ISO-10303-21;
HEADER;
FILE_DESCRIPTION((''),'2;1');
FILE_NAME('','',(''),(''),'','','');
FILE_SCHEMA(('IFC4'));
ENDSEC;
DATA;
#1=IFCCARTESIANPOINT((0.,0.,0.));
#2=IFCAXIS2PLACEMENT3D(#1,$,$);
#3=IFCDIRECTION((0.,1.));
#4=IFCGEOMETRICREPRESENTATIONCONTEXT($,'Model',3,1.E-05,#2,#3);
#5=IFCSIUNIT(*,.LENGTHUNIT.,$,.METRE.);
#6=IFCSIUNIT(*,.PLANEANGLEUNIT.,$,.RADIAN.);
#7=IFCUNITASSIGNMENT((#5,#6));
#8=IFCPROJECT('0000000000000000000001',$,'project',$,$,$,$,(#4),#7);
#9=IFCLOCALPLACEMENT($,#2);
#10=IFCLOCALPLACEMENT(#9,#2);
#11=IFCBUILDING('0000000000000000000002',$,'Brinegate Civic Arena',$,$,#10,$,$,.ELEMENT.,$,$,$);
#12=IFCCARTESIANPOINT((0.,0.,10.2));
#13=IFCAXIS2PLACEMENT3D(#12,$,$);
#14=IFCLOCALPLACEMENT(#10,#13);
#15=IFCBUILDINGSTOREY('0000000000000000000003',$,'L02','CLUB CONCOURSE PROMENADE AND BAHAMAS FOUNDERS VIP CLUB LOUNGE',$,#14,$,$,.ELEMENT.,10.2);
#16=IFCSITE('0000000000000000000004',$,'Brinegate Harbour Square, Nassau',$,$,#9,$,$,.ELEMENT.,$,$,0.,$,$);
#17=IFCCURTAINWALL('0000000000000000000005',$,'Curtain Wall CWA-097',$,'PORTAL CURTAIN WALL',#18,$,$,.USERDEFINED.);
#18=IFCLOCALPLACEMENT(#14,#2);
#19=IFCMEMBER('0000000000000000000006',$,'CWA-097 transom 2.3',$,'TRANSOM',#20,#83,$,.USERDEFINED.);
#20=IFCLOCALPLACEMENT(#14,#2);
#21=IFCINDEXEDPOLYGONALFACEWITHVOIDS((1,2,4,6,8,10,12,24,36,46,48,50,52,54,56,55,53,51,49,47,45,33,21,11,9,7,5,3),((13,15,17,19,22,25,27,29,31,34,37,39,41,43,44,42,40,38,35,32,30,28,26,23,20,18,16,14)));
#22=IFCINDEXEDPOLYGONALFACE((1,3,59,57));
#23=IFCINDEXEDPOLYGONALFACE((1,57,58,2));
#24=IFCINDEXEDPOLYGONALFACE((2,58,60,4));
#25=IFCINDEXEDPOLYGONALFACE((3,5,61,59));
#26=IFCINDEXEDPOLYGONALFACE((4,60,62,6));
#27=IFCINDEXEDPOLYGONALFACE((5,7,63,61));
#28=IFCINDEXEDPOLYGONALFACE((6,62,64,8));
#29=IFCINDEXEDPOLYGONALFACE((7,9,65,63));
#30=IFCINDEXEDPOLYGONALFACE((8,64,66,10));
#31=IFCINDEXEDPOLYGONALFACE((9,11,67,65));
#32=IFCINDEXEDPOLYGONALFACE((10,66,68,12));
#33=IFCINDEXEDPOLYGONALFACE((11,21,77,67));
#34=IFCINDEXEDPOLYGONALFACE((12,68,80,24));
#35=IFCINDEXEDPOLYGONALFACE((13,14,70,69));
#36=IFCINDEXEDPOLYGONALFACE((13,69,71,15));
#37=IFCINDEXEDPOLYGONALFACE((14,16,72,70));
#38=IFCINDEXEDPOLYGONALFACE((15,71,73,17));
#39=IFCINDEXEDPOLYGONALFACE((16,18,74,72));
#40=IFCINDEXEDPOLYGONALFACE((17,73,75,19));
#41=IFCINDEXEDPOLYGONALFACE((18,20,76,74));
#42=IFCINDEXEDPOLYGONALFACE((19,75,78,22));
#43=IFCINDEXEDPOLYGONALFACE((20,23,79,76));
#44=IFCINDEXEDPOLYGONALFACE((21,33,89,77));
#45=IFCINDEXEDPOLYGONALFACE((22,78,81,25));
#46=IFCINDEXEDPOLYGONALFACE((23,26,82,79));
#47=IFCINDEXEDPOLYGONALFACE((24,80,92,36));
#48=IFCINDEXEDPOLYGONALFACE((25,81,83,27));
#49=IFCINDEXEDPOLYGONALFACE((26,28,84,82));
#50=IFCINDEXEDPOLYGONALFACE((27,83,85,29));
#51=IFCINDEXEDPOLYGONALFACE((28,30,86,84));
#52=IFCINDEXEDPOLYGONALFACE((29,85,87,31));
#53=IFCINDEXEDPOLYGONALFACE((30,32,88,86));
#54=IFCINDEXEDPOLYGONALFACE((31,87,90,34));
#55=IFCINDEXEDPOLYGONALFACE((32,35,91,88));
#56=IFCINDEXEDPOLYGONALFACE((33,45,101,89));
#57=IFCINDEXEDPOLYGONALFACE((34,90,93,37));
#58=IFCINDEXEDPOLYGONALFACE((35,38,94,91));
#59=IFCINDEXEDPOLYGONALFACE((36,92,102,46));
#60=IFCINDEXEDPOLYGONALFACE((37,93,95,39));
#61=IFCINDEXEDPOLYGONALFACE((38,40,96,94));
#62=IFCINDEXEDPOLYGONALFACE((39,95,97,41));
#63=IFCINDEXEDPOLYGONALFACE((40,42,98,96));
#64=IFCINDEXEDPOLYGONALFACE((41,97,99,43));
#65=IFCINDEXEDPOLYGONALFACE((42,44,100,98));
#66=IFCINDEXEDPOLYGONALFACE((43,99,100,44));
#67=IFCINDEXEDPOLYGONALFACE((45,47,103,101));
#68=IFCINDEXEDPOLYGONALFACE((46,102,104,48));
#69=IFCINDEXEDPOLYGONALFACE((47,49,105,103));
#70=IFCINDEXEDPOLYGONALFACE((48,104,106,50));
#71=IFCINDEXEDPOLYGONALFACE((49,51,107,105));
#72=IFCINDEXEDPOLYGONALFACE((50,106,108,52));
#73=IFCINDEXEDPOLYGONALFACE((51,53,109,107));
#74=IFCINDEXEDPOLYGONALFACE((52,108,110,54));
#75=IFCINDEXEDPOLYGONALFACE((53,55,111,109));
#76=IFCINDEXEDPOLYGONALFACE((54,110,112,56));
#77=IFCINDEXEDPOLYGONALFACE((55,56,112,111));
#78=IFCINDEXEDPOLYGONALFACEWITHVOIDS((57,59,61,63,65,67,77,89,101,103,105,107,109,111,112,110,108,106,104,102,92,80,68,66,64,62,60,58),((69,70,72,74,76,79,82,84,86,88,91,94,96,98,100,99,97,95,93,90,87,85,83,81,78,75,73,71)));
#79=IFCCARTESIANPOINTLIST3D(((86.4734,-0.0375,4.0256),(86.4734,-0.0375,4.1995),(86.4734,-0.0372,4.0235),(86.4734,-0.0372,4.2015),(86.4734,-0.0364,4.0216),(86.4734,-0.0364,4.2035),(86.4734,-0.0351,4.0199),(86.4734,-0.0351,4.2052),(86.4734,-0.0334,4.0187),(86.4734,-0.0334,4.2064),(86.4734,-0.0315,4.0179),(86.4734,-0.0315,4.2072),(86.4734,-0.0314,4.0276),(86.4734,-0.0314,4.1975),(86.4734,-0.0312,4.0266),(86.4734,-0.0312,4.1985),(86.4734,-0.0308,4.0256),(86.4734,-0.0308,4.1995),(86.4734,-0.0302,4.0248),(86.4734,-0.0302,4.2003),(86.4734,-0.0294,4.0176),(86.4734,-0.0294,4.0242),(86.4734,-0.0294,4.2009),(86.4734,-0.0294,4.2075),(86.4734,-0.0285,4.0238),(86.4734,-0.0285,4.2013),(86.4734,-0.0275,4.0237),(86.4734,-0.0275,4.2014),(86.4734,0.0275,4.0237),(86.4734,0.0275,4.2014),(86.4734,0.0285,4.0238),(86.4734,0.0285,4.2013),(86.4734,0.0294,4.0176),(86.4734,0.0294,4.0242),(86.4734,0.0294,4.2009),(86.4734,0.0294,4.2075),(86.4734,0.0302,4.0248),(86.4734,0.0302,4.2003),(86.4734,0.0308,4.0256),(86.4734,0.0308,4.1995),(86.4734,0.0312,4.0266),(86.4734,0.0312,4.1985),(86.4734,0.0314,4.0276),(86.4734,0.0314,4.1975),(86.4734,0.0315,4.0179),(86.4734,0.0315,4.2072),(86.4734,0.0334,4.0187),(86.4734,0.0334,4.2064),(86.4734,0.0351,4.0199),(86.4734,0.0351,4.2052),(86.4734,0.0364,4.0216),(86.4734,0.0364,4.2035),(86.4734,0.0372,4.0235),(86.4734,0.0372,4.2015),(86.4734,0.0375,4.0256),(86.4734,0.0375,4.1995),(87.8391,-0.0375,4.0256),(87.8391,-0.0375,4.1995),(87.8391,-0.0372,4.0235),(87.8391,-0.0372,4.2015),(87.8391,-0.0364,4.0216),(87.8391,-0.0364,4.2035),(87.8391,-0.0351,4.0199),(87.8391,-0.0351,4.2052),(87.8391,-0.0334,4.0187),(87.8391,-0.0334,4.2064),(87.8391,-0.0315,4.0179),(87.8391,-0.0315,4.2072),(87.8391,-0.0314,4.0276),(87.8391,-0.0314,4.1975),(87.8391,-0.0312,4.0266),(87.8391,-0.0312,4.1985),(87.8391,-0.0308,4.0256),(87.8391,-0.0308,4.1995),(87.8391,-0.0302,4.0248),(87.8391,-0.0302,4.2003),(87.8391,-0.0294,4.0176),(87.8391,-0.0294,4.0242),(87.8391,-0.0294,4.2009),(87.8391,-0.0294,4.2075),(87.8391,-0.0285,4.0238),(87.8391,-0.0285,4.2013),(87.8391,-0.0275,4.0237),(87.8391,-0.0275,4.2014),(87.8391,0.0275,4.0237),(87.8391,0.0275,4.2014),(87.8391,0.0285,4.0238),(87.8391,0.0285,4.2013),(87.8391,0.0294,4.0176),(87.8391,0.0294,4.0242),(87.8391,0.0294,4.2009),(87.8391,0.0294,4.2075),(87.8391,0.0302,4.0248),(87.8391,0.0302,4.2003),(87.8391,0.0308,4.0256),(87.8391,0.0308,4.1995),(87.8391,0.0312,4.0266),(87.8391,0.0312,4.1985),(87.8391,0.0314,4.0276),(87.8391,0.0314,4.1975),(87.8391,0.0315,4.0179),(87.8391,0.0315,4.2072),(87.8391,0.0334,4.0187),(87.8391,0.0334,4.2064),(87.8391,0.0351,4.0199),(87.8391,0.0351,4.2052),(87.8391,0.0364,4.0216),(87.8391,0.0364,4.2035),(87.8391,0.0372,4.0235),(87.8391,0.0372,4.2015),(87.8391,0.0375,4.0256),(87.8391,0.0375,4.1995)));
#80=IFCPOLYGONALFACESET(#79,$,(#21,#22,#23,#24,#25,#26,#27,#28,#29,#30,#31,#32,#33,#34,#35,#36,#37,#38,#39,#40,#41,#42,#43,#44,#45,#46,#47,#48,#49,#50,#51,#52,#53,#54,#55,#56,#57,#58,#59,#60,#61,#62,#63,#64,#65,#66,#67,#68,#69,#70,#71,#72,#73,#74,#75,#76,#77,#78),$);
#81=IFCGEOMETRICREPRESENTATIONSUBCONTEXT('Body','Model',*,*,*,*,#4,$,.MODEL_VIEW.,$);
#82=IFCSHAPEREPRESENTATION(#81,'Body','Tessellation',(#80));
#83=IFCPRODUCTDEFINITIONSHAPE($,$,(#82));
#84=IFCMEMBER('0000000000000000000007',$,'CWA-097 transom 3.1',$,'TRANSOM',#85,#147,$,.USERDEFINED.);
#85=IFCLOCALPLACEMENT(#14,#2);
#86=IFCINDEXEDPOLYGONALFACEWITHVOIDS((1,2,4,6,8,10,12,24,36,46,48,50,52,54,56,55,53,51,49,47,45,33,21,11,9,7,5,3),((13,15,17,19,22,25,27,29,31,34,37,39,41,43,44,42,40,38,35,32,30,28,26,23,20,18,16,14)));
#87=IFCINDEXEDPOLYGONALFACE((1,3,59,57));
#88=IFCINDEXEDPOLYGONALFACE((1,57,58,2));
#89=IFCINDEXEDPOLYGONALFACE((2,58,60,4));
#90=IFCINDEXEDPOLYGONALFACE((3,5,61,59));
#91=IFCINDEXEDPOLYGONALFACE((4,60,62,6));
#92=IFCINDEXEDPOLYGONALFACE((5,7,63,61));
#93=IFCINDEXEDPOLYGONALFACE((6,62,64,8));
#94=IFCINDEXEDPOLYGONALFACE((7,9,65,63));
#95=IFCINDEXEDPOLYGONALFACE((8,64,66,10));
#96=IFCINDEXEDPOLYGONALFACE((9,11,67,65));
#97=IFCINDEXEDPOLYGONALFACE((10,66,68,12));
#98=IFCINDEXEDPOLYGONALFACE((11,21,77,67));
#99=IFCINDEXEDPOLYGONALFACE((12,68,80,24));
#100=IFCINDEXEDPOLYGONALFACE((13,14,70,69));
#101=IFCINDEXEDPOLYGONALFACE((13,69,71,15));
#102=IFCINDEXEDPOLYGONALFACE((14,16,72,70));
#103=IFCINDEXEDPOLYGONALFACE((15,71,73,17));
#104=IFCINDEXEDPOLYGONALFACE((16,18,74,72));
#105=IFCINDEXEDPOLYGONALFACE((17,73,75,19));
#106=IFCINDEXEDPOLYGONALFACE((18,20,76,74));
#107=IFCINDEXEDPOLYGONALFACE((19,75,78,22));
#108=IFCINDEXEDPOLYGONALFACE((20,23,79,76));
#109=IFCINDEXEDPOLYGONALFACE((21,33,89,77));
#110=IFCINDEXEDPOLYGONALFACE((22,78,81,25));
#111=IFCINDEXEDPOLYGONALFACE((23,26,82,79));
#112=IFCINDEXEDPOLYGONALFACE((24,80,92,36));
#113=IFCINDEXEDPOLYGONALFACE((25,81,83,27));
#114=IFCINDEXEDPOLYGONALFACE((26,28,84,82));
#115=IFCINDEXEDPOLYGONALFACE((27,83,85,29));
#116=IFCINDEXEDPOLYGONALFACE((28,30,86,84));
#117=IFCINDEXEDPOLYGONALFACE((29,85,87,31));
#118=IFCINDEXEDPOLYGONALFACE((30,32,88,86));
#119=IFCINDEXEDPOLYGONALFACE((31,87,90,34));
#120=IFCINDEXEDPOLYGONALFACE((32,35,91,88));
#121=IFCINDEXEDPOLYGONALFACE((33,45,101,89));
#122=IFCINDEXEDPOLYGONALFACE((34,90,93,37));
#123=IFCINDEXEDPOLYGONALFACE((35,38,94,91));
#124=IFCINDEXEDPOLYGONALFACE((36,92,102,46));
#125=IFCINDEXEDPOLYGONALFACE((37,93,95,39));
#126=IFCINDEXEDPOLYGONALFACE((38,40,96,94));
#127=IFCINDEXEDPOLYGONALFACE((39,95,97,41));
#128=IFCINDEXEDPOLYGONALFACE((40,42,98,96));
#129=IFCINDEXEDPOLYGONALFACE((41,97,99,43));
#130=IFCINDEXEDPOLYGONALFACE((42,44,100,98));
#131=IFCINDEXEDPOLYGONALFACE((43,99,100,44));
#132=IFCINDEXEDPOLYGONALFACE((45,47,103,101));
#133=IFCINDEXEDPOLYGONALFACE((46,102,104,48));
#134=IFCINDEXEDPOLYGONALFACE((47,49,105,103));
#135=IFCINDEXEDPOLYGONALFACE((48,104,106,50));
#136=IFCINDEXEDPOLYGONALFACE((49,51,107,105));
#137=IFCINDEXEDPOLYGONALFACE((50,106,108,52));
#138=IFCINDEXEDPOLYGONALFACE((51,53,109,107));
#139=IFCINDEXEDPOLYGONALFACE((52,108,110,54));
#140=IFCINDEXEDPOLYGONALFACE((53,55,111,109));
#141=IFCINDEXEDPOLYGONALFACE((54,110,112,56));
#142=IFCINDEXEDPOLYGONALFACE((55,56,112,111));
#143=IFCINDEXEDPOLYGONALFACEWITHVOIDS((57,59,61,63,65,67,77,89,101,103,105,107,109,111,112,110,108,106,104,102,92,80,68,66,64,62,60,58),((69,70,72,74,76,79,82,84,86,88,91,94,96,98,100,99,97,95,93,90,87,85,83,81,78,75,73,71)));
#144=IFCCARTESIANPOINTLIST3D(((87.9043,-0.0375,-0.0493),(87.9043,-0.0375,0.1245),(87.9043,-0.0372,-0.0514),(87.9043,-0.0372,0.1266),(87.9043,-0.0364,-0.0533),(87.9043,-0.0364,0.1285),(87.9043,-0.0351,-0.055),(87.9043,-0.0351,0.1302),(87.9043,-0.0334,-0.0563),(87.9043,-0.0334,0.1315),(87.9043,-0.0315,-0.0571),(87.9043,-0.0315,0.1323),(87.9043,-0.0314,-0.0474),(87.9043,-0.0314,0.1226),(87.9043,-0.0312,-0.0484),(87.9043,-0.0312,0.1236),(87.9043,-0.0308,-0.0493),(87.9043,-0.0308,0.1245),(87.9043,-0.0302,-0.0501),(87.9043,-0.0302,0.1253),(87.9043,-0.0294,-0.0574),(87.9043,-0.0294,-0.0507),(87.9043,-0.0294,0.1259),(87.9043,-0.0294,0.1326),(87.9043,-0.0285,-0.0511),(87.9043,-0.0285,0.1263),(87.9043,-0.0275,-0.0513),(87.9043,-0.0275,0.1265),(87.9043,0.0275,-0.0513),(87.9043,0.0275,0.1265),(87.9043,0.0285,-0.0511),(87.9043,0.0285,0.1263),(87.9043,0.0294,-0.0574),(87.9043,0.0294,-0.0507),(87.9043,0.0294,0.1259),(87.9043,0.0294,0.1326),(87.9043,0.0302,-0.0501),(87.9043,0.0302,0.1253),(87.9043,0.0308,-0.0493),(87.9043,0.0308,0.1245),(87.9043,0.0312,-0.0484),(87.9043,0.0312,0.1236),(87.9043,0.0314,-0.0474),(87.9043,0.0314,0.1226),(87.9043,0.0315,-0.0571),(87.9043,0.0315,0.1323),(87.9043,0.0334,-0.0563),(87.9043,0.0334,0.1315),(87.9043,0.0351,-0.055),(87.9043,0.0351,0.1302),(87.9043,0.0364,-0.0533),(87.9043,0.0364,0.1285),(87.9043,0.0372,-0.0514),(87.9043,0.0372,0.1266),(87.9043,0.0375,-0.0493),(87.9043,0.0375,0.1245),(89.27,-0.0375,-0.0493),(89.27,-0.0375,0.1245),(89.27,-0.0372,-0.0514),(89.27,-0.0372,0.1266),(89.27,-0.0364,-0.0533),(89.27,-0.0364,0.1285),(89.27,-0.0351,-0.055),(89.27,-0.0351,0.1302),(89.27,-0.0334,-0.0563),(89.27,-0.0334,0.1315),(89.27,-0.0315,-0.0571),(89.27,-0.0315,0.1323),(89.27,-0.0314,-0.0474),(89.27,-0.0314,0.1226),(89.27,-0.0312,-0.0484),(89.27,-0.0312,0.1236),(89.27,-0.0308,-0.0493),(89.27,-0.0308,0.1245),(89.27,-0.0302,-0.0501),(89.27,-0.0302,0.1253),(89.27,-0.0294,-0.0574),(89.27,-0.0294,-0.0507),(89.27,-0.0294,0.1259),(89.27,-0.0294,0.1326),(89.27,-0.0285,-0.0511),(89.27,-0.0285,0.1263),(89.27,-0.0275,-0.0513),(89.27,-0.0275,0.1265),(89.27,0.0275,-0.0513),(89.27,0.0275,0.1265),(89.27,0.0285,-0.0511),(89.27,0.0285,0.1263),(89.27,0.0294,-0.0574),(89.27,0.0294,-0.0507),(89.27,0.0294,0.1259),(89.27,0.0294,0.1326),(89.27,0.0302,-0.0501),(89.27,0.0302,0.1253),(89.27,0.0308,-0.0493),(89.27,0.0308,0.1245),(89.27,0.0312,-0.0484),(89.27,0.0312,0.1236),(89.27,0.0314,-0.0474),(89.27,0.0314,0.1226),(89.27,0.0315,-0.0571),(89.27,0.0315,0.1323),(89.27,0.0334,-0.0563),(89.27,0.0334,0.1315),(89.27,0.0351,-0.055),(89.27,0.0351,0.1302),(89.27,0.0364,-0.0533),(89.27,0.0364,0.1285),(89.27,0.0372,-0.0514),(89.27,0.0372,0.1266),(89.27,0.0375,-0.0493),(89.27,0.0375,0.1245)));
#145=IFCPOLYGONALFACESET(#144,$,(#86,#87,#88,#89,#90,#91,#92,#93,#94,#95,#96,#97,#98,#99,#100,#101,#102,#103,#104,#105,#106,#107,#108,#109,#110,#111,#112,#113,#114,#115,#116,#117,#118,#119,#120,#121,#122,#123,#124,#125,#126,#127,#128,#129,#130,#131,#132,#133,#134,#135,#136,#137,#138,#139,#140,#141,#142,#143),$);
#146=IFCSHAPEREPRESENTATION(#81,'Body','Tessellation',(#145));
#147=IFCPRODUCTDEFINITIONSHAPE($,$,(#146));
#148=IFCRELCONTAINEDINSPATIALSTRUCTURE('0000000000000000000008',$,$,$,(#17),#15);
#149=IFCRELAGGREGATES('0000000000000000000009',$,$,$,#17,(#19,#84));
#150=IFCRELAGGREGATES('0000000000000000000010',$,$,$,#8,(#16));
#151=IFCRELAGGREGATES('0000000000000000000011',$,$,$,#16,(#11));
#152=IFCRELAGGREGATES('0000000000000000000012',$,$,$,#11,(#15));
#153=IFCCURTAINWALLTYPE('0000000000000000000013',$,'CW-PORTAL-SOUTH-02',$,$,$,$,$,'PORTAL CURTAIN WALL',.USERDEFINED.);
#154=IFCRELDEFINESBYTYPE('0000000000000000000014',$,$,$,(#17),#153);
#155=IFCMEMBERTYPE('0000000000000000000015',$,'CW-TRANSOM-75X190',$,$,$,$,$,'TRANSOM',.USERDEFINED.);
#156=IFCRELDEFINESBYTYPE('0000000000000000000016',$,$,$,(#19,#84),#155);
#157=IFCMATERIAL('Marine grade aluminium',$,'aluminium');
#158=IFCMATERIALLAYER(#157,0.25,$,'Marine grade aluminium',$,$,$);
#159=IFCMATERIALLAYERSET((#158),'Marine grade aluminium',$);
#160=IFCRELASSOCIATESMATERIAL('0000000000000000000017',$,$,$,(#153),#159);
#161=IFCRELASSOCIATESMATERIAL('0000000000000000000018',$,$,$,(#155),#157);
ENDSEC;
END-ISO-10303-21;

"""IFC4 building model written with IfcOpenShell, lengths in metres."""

from ifc_helpers import new_model, si_unit, direction, frame, origin, origin_2d, place, context, subcontext, project, spatial, hollow_rectangle, extrude, material, layer, layer_set, material_profile, profile_set, type_object, element, aggregate, save


model = new_model("IFC4")

# Units and contexts
model_context = context("Model", 3, precision=1e-05, world=origin(), true_north=direction((0.0, 1.0)))
body_context = subcontext(model_context, "Body", "Model", "MODEL_VIEW")
ifc_project = project(units=[si_unit("LENGTHUNIT", "METRE"), si_unit("PLANEANGLEUNIT", "RADIAN")], contexts=[model_context])

# Site, building, storey
site_placement = place(None, origin())
site = spatial("IfcSite", under=ifc_project, at=site_placement, Name="Brinegate Harbour Square, Nassau", CompositionType="ELEMENT", RefElevation=0.0)
building_placement = place(site_placement, origin())
building = spatial("IfcBuilding", under=site, at=building_placement, Name="Brinegate Civic Arena", CompositionType="ELEMENT")
storey_placement = place(building_placement, frame((0.0, 0.0, 10.2)))
storey = spatial("IfcBuildingStorey", under=building, at=storey_placement, Name="L02", Description="CLUB CONCOURSE PROMENADE AND BAHAMAS FOUNDERS VIP CLUB LOUNGE", CompositionType="ELEMENT", Elevation=10.2)

# Curtain wall, members
ifc_material_1 = material(Name="Marine grade aluminium", Category="aluminium")
ifc_layer_1 = layer(ifc_material_1, 0.25, Name="Marine grade aluminium")
ifc_layer_set_1 = layer_set([ifc_layer_1], Name="Marine grade aluminium")
curtain_wall_type = type_object("IfcCurtainWallType", Name="CW-PORTAL-SOUTH-02", ElementType="PORTAL CURTAIN WALL", PredefinedType="USERDEFINED", material=ifc_layer_set_1)
curtain_wall_placement = place(storey_placement, origin())
curtain_wall = element("IfcCurtainWall", 1, at=curtain_wall_placement, inside=storey, type_object=curtain_wall_type, Name="Curtain Wall CWA-097", ObjectType="PORTAL CURTAIN WALL", PredefinedType="USERDEFINED")
ifc_material_profile_1 = material_profile(ifc_material_1, hollow_rectangle(XDim=0.075, YDim=0.1899, WallThickness=0.0061, InnerFilletRadius=0.0039, OuterFilletRadius=0.0081, at=origin_2d()), Name="TRN75X190")
ifc_profile_set_1 = profile_set([ifc_material_profile_1], Name="Marine grade aluminium")
member_type_1 = type_object("IfcMemberType", Name="CW-TRANSOM-75X190", ElementType="TRANSOM", PredefinedType="USERDEFINED", material=ifc_profile_set_1)
member_1_placement = place(storey_placement, frame((86.4734, 0.0, 4.1125), z_axis=(1.0, 0.0, 0.0), x_axis=(0.0, 1.0, 0.0)))
member_1 = element("IfcMember", 2, at=member_1_placement, type_object=member_type_1, Name="CWA-097 transom 2.3", ObjectType="TRANSOM", PredefinedType="USERDEFINED", context=body_context, shape_type="SweptSolid", body=[
    extrude(hollow_rectangle(XDim=0.075, YDim=0.1899, WallThickness=0.0061, InnerFilletRadius=0.0039, OuterFilletRadius=0.0081, at=origin_2d()), origin(), (0.0, 0.0, 1.0), 1.3657),
])
member_2_placement = place(storey_placement, frame((87.9043, 0.0, 0.0376), z_axis=(1.0, 0.0, 0.0), x_axis=(0.0, 1.0, 0.0)))
member_2 = element("IfcMember", 3, at=member_2_placement, type_object=member_type_1, Name="CWA-097 transom 3.1", ObjectType="TRANSOM", PredefinedType="USERDEFINED", context=body_context, shape_type="SweptSolid", body=[
    extrude(hollow_rectangle(XDim=0.075, YDim=0.1899, WallThickness=0.0061, InnerFilletRadius=0.0039, OuterFilletRadius=0.0081, at=origin_2d()), origin(), (0.0, 0.0, 1.0), 1.3657),
])
aggregate(curtain_wall, [member_1, member_2])

save(model, "model.ifc")
